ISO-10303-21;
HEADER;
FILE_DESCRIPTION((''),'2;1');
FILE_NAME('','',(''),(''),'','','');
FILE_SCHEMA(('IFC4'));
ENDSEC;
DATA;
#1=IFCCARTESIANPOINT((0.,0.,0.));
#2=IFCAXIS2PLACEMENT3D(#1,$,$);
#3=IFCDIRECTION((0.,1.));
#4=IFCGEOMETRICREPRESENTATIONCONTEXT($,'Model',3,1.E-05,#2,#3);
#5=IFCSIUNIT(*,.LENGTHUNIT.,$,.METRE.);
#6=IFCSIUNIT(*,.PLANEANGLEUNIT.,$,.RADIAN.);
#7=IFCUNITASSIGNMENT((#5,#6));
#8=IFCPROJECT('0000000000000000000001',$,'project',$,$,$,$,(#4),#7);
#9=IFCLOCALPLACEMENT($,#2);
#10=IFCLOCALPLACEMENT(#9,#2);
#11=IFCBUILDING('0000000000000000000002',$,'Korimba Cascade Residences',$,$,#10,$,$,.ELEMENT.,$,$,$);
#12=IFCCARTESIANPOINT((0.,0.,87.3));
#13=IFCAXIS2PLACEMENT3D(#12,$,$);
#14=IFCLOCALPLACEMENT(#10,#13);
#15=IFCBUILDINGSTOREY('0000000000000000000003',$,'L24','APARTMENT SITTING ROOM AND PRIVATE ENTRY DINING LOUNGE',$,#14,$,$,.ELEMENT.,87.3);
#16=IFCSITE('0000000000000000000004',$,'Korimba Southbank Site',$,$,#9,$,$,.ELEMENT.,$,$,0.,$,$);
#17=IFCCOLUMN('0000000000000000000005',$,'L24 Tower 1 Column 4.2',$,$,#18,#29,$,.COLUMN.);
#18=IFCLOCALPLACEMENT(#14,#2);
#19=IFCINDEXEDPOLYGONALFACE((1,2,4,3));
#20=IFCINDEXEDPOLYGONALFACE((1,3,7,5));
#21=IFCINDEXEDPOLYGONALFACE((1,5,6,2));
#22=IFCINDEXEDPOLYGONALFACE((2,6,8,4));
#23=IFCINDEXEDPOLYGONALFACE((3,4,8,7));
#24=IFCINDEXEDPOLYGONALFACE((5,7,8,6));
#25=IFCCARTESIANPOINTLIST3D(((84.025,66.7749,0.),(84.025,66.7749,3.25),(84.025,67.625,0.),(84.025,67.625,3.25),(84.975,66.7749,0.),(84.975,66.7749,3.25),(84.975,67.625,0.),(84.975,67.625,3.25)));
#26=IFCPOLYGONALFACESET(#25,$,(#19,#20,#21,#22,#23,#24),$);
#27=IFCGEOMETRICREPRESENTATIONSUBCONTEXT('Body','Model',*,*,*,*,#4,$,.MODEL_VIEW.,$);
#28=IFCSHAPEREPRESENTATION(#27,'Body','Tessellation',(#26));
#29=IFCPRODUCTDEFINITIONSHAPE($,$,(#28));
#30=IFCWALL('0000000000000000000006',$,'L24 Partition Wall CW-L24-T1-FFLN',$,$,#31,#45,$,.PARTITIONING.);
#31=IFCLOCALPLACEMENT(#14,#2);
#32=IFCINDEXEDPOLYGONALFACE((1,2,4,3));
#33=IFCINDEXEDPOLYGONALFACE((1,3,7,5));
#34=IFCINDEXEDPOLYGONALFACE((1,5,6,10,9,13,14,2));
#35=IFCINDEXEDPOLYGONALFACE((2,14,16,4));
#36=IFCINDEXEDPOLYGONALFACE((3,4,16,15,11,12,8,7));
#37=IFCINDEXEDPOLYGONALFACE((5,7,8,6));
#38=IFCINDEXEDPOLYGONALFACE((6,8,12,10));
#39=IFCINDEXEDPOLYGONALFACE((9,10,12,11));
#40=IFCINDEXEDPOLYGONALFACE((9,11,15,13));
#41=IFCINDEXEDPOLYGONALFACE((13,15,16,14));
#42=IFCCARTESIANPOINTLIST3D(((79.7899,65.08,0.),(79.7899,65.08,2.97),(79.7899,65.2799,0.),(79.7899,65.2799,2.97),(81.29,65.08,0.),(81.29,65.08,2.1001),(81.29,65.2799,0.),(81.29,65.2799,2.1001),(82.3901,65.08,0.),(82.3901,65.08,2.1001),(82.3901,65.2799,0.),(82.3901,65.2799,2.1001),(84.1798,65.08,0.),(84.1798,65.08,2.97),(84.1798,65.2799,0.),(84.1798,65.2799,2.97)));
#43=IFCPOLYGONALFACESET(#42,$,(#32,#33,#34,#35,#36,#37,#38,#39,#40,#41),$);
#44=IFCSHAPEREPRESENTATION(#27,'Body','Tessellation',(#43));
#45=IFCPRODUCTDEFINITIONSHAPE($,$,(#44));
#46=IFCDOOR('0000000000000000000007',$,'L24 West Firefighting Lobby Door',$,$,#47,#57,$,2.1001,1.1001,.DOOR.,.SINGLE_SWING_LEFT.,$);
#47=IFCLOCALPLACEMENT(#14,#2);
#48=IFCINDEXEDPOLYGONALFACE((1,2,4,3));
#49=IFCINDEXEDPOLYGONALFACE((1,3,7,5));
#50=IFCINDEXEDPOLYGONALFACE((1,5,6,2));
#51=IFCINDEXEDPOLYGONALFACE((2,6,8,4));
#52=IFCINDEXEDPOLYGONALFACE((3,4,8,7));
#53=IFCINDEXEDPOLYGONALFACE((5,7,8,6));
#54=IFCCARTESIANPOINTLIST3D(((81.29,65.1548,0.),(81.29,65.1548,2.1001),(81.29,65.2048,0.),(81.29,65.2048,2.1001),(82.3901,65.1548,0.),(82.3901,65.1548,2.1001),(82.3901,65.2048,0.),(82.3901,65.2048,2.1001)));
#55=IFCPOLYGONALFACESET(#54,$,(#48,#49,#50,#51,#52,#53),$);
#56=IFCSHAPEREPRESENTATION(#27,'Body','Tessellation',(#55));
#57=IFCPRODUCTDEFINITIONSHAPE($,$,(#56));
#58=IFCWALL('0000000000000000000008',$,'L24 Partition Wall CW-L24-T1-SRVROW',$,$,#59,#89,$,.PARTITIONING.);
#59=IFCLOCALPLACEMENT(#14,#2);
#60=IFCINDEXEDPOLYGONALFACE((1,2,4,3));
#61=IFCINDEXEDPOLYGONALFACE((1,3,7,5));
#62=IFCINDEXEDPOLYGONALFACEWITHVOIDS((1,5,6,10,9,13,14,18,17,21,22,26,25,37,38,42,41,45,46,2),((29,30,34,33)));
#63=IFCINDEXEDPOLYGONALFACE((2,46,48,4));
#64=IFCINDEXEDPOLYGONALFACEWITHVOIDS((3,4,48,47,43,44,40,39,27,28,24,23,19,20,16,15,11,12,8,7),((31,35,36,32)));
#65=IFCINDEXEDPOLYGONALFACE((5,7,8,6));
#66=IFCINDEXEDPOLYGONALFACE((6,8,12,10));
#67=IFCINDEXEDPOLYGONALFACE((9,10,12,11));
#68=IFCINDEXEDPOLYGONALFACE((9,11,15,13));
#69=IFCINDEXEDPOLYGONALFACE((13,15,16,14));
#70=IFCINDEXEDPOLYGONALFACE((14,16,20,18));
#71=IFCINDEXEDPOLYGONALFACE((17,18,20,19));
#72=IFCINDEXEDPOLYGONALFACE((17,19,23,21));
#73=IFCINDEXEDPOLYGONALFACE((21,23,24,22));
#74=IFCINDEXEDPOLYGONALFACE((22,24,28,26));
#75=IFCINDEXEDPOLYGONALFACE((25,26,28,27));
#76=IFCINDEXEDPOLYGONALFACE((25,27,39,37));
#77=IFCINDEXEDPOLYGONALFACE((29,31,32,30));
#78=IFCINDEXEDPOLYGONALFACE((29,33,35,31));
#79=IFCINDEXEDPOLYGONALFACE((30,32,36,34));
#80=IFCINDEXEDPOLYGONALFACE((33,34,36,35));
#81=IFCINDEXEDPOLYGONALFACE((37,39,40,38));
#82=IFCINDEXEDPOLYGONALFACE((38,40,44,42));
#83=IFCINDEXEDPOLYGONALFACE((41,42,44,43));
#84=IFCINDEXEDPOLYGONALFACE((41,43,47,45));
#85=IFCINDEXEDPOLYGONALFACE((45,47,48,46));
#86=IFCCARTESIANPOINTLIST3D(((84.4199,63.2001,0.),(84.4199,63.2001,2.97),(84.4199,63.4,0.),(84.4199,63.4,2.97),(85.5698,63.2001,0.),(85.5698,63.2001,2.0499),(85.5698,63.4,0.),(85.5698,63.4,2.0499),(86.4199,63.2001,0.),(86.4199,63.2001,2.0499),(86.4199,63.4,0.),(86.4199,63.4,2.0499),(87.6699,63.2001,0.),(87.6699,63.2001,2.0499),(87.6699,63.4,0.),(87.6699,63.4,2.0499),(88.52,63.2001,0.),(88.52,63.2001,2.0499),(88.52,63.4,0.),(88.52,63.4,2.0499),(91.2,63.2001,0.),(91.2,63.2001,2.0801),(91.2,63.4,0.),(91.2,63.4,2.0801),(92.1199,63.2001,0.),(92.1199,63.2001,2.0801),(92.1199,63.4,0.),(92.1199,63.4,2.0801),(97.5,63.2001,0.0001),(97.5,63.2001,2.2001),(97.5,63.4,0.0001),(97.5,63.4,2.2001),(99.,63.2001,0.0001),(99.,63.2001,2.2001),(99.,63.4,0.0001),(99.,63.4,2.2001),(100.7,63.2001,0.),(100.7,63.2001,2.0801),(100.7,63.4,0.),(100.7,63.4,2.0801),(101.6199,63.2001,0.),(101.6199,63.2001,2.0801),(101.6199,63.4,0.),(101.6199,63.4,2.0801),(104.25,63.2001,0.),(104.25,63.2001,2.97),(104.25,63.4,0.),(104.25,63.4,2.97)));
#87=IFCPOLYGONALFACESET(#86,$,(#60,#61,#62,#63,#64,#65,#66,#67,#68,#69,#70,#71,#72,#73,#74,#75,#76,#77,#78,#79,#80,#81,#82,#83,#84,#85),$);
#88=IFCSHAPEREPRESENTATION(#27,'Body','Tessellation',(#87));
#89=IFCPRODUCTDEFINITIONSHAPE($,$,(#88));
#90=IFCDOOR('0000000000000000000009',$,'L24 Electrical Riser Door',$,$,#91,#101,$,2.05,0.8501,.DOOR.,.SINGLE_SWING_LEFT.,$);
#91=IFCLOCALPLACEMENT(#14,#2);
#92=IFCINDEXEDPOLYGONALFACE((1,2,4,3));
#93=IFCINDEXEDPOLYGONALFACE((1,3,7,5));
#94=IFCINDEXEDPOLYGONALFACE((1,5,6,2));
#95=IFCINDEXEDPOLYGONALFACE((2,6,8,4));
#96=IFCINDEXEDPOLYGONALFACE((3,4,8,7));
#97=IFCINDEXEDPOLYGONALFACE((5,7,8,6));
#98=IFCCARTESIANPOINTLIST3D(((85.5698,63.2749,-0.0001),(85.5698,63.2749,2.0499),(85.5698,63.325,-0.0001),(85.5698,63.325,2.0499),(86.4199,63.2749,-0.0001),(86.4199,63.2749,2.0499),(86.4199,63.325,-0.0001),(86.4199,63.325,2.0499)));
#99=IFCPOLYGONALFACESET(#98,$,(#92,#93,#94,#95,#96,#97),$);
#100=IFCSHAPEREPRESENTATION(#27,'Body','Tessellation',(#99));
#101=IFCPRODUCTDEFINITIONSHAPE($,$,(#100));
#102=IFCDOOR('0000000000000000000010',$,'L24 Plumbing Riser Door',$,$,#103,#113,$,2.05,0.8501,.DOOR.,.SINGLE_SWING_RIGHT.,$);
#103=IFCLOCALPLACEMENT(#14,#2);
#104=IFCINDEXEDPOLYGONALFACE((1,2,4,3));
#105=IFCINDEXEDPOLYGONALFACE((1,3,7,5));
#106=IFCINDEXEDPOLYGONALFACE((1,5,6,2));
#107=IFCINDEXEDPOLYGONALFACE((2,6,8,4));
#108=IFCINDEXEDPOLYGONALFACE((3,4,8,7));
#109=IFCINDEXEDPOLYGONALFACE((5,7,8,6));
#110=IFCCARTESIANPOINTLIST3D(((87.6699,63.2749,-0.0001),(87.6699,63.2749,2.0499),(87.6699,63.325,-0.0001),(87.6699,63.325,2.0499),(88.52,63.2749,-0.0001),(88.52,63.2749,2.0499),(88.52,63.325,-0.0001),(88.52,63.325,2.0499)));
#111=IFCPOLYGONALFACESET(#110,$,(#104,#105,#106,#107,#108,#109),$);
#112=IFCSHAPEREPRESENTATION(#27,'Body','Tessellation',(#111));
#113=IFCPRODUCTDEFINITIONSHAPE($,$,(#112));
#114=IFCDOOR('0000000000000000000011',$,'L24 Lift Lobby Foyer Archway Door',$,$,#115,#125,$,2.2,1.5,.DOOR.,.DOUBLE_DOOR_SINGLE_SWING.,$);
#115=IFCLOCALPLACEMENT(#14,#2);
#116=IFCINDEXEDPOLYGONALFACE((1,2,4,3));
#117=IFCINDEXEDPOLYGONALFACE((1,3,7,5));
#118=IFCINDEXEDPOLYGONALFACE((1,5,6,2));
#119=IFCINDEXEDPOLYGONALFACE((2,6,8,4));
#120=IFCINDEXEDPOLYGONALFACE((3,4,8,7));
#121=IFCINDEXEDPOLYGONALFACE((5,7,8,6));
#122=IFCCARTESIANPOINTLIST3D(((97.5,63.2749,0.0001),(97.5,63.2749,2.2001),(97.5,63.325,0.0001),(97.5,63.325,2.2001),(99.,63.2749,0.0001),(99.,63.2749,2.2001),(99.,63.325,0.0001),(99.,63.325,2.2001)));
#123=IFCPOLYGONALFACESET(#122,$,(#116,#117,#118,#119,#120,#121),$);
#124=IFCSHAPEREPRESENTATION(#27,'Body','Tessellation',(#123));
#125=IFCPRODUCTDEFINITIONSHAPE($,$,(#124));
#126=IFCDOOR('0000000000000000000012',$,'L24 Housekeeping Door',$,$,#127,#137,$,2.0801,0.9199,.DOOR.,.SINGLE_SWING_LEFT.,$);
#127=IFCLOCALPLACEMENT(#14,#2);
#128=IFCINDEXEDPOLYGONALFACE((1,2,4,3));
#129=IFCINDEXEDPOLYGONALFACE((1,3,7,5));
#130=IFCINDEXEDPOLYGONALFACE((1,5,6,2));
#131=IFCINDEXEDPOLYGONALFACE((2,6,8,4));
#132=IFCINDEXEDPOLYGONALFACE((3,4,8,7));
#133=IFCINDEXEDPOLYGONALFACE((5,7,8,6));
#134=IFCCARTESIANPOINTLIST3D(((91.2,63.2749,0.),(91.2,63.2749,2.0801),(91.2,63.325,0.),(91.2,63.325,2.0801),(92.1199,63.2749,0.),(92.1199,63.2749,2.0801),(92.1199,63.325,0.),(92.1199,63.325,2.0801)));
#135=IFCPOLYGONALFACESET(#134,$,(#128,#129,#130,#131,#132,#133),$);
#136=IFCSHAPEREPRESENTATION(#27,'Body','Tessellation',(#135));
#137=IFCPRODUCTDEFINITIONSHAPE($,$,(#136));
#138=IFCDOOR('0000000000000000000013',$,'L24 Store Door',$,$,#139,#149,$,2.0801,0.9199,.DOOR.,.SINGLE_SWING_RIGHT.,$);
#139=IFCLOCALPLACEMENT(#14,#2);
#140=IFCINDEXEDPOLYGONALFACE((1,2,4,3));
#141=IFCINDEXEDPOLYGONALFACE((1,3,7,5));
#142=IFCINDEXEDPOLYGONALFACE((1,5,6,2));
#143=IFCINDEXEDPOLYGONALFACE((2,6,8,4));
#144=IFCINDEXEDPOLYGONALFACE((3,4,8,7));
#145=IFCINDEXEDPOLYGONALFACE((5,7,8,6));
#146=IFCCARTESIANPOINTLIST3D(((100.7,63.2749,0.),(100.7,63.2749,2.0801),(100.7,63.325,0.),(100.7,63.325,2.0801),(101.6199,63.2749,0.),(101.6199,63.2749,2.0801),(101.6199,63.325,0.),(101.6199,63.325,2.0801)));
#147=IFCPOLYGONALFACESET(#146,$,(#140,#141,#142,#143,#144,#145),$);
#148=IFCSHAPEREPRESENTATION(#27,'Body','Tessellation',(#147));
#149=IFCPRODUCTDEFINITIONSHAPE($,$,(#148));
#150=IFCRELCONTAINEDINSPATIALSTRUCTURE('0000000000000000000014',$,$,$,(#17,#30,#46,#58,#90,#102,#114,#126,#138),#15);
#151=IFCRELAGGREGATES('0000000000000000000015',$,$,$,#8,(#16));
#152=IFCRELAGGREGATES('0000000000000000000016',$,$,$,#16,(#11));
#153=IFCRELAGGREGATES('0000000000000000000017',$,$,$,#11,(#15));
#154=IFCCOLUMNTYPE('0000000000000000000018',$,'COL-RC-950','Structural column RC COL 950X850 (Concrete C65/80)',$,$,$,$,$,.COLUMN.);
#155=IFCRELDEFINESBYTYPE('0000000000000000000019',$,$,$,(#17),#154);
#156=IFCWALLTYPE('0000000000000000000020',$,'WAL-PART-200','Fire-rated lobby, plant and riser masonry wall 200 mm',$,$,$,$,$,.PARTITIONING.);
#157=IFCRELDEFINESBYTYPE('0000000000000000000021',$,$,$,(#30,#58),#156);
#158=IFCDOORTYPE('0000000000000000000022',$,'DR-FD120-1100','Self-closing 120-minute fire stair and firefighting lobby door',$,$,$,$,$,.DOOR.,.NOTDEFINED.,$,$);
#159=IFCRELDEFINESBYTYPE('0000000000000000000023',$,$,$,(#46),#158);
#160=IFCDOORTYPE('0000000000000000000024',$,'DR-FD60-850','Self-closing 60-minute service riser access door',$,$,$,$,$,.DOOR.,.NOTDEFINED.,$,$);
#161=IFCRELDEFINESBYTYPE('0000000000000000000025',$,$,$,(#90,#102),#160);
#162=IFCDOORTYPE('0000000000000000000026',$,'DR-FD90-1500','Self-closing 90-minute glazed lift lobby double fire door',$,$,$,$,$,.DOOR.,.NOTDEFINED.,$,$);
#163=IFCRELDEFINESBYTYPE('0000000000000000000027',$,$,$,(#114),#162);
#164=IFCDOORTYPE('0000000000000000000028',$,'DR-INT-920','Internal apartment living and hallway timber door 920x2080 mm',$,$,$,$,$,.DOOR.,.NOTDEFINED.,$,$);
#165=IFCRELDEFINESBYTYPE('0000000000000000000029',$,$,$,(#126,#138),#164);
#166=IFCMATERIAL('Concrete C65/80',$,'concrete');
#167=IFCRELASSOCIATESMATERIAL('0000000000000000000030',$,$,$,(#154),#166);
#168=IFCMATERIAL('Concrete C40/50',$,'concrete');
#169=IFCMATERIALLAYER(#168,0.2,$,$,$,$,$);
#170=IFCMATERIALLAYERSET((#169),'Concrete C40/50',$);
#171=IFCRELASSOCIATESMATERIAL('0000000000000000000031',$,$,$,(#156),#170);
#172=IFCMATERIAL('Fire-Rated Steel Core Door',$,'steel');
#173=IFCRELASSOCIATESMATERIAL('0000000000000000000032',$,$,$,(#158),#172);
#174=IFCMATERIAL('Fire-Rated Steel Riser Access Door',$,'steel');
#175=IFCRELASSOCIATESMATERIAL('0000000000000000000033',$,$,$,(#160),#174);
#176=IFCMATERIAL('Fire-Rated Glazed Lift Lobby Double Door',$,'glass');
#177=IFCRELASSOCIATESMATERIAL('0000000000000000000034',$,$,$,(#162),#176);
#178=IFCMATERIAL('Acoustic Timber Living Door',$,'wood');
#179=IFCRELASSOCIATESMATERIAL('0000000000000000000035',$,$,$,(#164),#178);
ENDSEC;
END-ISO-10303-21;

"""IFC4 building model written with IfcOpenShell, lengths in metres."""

from ifc_helpers import new_model, si_unit, direction, frame, frame_2d, origin, origin_2d, place, context, subcontext, project, spatial, rectangle, extrude, material, layer, layer_set, material_profile, profile_set, type_object, element, fill, save


model = new_model("IFC4")

# Units and contexts
model_context = context("Model", 3, precision=1e-05, world=origin(), true_north=direction((0.0, 1.0)))
body_context = subcontext(model_context, "Body", "Model", "MODEL_VIEW")
ifc_project = project(units=[si_unit("LENGTHUNIT", "METRE"), si_unit("PLANEANGLEUNIT", "RADIAN")], contexts=[model_context])

# Site, building, storey
site_placement = place(None, origin())
site = spatial("IfcSite", under=ifc_project, at=site_placement, Name="Korimba Southbank Site", CompositionType="ELEMENT", RefElevation=0.0)
building_placement = place(site_placement, origin())
building = spatial("IfcBuilding", under=site, at=building_placement, Name="Korimba Cascade Residences", CompositionType="ELEMENT")
storey_placement = place(building_placement, frame((0.0, 0.0, 87.3)))
storey = spatial("IfcBuildingStorey", under=building, at=storey_placement, Name="L24", Description="APARTMENT SITTING ROOM AND PRIVATE ENTRY DINING LOUNGE", CompositionType="ELEMENT", Elevation=87.3)

# Column
ifc_material_1 = material(Name="Concrete C65/80", Category="concrete")
ifc_material_profile = material_profile(ifc_material_1, rectangle(XDim=0.95, YDim=0.8501, at=origin_2d()), Name="Concrete C65/80")
ifc_profile_set = profile_set([ifc_material_profile], Name="Concrete C65/80")
column_type = type_object("IfcColumnType", Name="COL-RC-950", Description="Structural column RC COL 950X850 (Concrete C65/80)", PredefinedType="COLUMN", material=ifc_profile_set)
column_placement = place(storey_placement, frame((84.5, 67.2, 0.0), z_axis=(0.0, 0.0, 1.0), x_axis=(1.0, 0.0, 0.0)))
element("IfcColumn", 1, at=column_placement, inside=storey, type_object=column_type, Name="L24 Tower 1 Column 4.2", PredefinedType="COLUMN", context=body_context, shape_type="SweptSolid", body=[
    extrude(rectangle(XDim=0.95, YDim=0.8501, at=origin_2d()), origin(), (0.0, 0.0, 1.0), 3.25),
])

# Wall, opening, door
ifc_material_2 = material(Name="Concrete C40/50", Category="concrete")
ifc_layer_1 = layer(ifc_material_2, 0.2)
ifc_layer_set_1 = layer_set([ifc_layer_1], Name="Concrete C40/50")
wall_type_1 = type_object("IfcWallType", Name="WAL-PART-200", Description="Fire-rated lobby, plant and riser masonry wall 200 mm", PredefinedType="PARTITIONING", material=ifc_layer_set_1)
wall_1_placement = place(storey_placement, frame((79.79, 65.1799, 0.0), z_axis=(0.0, 0.0, 1.0), x_axis=(1.0, 0.0, 0.0)))
wall_1 = element("IfcWall", 2, at=wall_1_placement, inside=storey, type_object=wall_type_1, Name="L24 Partition Wall CW-L24-T1-FFLN", PredefinedType="PARTITIONING", context=body_context, shape_type="SweptSolid", body=[
    extrude(rectangle(XDim=4.3899, YDim=0.2, at=frame_2d((2.1948, 0.0))), origin(), (0.0, 0.0, 1.0), 2.97),
])
opening_1_placement = place(wall_1_placement, frame((1.5, 0.0, 0.0)))
opening_1 = element("IfcOpeningElement", 3, at=opening_1_placement, cuts=wall_1, PredefinedType="OPENING", context=body_context, shape_type="SweptSolid", body=[
    extrude(rectangle(XDim=1.1001, YDim=2.1001, at=frame_2d((0.55, 1.05))), frame((0.0, 0.1099, 0.0), z_axis=(0.0, -1.0, 0.0), x_axis=(1.0, 0.0, 0.0)), (0.0, 0.0, 1.0), 0.22),
])
ifc_material_3 = material(Name="Fire-Rated Steel Core Door", Category="steel")
door_type_1 = type_object("IfcDoorType", Name="DR-FD120-1100", Description="Self-closing 120-minute fire stair and firefighting lobby door", OperationType="NOTDEFINED", PredefinedType="DOOR", material=ifc_material_3)
door_1_placement = place(opening_1_placement, origin())
door_1 = element("IfcDoor", 4, at=door_1_placement, inside=storey, type_object=door_type_1, Name="L24 West Firefighting Lobby Door", OperationType="SINGLE_SWING_LEFT", OverallHeight=2.1001, OverallWidth=1.1001, PredefinedType="DOOR", context=body_context, shape_type="SweptSolid", body=[
    extrude(rectangle(XDim=1.1001, YDim=2.1001, at=frame_2d((0.55, 1.05))), frame((0.0, 0.0249, 0.0), z_axis=(0.0, -1.0, 0.0), x_axis=(1.0, 0.0, 0.0)), (0.0, 0.0, 1.0), 0.05),
])
fill(opening_1, door_1)

# Wall, openings, doors
wall_2_placement = place(storey_placement, frame((84.4199, 63.3, 0.0), z_axis=(0.0, 0.0, 1.0), x_axis=(1.0, 0.0, 0.0)))
wall_2 = element("IfcWall", 5, at=wall_2_placement, inside=storey, type_object=wall_type_1, Name="L24 Partition Wall CW-L24-T1-SRVROW", PredefinedType="PARTITIONING", context=body_context, shape_type="SweptSolid", body=[
    extrude(rectangle(XDim=19.8301, YDim=0.2, at=frame_2d((9.915, 0.0))), origin(), (0.0, 0.0, 1.0), 2.97),
])
opening_2_placement = place(wall_2_placement, frame((1.1499, 0.0, 0.0)))
opening_2 = element("IfcOpeningElement", 6, at=opening_2_placement, cuts=wall_2, PredefinedType="OPENING", context=body_context, shape_type="SweptSolid", body=[
    extrude(rectangle(XDim=0.8501, YDim=2.05, at=frame_2d((0.425, 1.0249))), frame((0.0, 0.1099, 0.0), z_axis=(0.0, -1.0, 0.0), x_axis=(1.0, 0.0, 0.0)), (0.0, 0.0, 1.0), 0.22),
])
opening_3_placement = place(wall_2_placement, frame((3.25, 0.0, 0.0)))
opening_3 = element("IfcOpeningElement", 7, at=opening_3_placement, cuts=wall_2, PredefinedType="OPENING", context=body_context, shape_type="SweptSolid", body=[
    extrude(rectangle(XDim=0.8501, YDim=2.05, at=frame_2d((0.425, 1.0249))), frame((0.0, 0.1099, 0.0), z_axis=(0.0, -1.0, 0.0), x_axis=(1.0, 0.0, 0.0)), (0.0, 0.0, 1.0), 0.22),
])
opening_4_placement = place(wall_2_placement, frame((13.0801, 0.0, 0.0)))
opening_4 = element("IfcOpeningElement", 8, at=opening_4_placement, cuts=wall_2, PredefinedType="OPENING", context=body_context, shape_type="SweptSolid", body=[
    extrude(rectangle(XDim=1.5, YDim=2.2, at=frame_2d((0.75, 1.1001))), frame((0.0, 0.1099, 0.0), z_axis=(0.0, -1.0, 0.0), x_axis=(1.0, 0.0, 0.0)), (0.0, 0.0, 1.0), 0.22),
])
opening_5_placement = place(wall_2_placement, frame((6.78, 0.0, 0.0)))
opening_5 = element("IfcOpeningElement", 9, at=opening_5_placement, cuts=wall_2, PredefinedType="OPENING", context=body_context, shape_type="SweptSolid", body=[
    extrude(rectangle(XDim=0.9199, YDim=2.0801, at=frame_2d((0.46, 1.04))), frame((0.0, 0.1099, 0.0), z_axis=(0.0, -1.0, 0.0), x_axis=(1.0, 0.0, 0.0)), (0.0, 0.0, 1.0), 0.22),
])
opening_6_placement = place(wall_2_placement, frame((16.28, 0.0, 0.0)))
opening_6 = element("IfcOpeningElement", 10, at=opening_6_placement, cuts=wall_2, PredefinedType="OPENING", context=body_context, shape_type="SweptSolid", body=[
    extrude(rectangle(XDim=0.9199, YDim=2.0801, at=frame_2d((0.46, 1.04))), frame((0.0, 0.1099, 0.0), z_axis=(0.0, -1.0, 0.0), x_axis=(1.0, 0.0, 0.0)), (0.0, 0.0, 1.0), 0.22),
])
ifc_material_4 = material(Name="Fire-Rated Steel Riser Access Door", Category="steel")
door_type_2 = type_object("IfcDoorType", Name="DR-FD60-850", Description="Self-closing 60-minute service riser access door", OperationType="NOTDEFINED", PredefinedType="DOOR", material=ifc_material_4)
door_2_placement = place(opening_2_placement, origin())
door_2 = element("IfcDoor", 11, at=door_2_placement, inside=storey, type_object=door_type_2, Name="L24 Electrical Riser Door", OperationType="SINGLE_SWING_LEFT", OverallHeight=2.05, OverallWidth=0.8501, PredefinedType="DOOR", context=body_context, shape_type="SweptSolid", body=[
    extrude(rectangle(XDim=0.8501, YDim=2.05, at=frame_2d((0.425, 1.0249))), frame((0.0, 0.0249, 0.0), z_axis=(0.0, -1.0, 0.0), x_axis=(1.0, 0.0, 0.0)), (0.0, 0.0, 1.0), 0.05),
])
fill(opening_2, door_2)
door_3_placement = place(opening_3_placement, origin())
door_3 = element("IfcDoor", 12, at=door_3_placement, inside=storey, type_object=door_type_2, Name="L24 Plumbing Riser Door", OperationType="SINGLE_SWING_RIGHT", OverallHeight=2.05, OverallWidth=0.8501, PredefinedType="DOOR", context=body_context, shape_type="SweptSolid", body=[
    extrude(rectangle(XDim=0.8501, YDim=2.05, at=frame_2d((0.425, 1.0249))), frame((0.0, 0.0249, 0.0), z_axis=(0.0, -1.0, 0.0), x_axis=(1.0, 0.0, 0.0)), (0.0, 0.0, 1.0), 0.05),
])
fill(opening_3, door_3)
ifc_material_5 = material(Name="Fire-Rated Glazed Lift Lobby Double Door", Category="glass")
door_type_3 = type_object("IfcDoorType", Name="DR-FD90-1500", Description="Self-closing 90-minute glazed lift lobby double fire door", OperationType="NOTDEFINED", PredefinedType="DOOR", material=ifc_material_5)
door_4_placement = place(opening_4_placement, origin())
door_4 = element("IfcDoor", 13, at=door_4_placement, inside=storey, type_object=door_type_3, Name="L24 Lift Lobby Foyer Archway Door", OperationType="DOUBLE_DOOR_SINGLE_SWING", OverallHeight=2.2, OverallWidth=1.5, PredefinedType="DOOR", context=body_context, shape_type="SweptSolid", body=[
    extrude(rectangle(XDim=1.5, YDim=2.2, at=frame_2d((0.75, 1.1001))), frame((0.0, 0.0249, 0.0), z_axis=(0.0, -1.0, 0.0), x_axis=(1.0, 0.0, 0.0)), (0.0, 0.0, 1.0), 0.05),
])
fill(opening_4, door_4)
ifc_material_6 = material(Name="Acoustic Timber Living Door", Category="wood")
door_type_4 = type_object("IfcDoorType", Name="DR-INT-920", Description="Internal apartment living and hallway timber door 920x2080 mm", OperationType="NOTDEFINED", PredefinedType="DOOR", material=ifc_material_6)
door_5_placement = place(opening_5_placement, origin())
door_5 = element("IfcDoor", 14, at=door_5_placement, inside=storey, type_object=door_type_4, Name="L24 Housekeeping Door", OperationType="SINGLE_SWING_LEFT", OverallHeight=2.0801, OverallWidth=0.9199, PredefinedType="DOOR", context=body_context, shape_type="SweptSolid", body=[
    extrude(rectangle(XDim=0.9199, YDim=2.0801, at=frame_2d((0.46, 1.04))), frame((0.0, 0.0249, 0.0), z_axis=(0.0, -1.0, 0.0), x_axis=(1.0, 0.0, 0.0)), (0.0, 0.0, 1.0), 0.05),
])
fill(opening_5, door_5)
door_6_placement = place(opening_6_placement, origin())
door_6 = element("IfcDoor", 15, at=door_6_placement, inside=storey, type_object=door_type_4, Name="L24 Store Door", OperationType="SINGLE_SWING_RIGHT", OverallHeight=2.0801, OverallWidth=0.9199, PredefinedType="DOOR", context=body_context, shape_type="SweptSolid", body=[
    extrude(rectangle(XDim=0.9199, YDim=2.0801, at=frame_2d((0.46, 1.04))), frame((0.0, 0.0249, 0.0), z_axis=(0.0, -1.0, 0.0), x_axis=(1.0, 0.0, 0.0)), (0.0, 0.0, 1.0), 0.05),
])
fill(opening_6, door_6)

save(model, "model.ifc")
